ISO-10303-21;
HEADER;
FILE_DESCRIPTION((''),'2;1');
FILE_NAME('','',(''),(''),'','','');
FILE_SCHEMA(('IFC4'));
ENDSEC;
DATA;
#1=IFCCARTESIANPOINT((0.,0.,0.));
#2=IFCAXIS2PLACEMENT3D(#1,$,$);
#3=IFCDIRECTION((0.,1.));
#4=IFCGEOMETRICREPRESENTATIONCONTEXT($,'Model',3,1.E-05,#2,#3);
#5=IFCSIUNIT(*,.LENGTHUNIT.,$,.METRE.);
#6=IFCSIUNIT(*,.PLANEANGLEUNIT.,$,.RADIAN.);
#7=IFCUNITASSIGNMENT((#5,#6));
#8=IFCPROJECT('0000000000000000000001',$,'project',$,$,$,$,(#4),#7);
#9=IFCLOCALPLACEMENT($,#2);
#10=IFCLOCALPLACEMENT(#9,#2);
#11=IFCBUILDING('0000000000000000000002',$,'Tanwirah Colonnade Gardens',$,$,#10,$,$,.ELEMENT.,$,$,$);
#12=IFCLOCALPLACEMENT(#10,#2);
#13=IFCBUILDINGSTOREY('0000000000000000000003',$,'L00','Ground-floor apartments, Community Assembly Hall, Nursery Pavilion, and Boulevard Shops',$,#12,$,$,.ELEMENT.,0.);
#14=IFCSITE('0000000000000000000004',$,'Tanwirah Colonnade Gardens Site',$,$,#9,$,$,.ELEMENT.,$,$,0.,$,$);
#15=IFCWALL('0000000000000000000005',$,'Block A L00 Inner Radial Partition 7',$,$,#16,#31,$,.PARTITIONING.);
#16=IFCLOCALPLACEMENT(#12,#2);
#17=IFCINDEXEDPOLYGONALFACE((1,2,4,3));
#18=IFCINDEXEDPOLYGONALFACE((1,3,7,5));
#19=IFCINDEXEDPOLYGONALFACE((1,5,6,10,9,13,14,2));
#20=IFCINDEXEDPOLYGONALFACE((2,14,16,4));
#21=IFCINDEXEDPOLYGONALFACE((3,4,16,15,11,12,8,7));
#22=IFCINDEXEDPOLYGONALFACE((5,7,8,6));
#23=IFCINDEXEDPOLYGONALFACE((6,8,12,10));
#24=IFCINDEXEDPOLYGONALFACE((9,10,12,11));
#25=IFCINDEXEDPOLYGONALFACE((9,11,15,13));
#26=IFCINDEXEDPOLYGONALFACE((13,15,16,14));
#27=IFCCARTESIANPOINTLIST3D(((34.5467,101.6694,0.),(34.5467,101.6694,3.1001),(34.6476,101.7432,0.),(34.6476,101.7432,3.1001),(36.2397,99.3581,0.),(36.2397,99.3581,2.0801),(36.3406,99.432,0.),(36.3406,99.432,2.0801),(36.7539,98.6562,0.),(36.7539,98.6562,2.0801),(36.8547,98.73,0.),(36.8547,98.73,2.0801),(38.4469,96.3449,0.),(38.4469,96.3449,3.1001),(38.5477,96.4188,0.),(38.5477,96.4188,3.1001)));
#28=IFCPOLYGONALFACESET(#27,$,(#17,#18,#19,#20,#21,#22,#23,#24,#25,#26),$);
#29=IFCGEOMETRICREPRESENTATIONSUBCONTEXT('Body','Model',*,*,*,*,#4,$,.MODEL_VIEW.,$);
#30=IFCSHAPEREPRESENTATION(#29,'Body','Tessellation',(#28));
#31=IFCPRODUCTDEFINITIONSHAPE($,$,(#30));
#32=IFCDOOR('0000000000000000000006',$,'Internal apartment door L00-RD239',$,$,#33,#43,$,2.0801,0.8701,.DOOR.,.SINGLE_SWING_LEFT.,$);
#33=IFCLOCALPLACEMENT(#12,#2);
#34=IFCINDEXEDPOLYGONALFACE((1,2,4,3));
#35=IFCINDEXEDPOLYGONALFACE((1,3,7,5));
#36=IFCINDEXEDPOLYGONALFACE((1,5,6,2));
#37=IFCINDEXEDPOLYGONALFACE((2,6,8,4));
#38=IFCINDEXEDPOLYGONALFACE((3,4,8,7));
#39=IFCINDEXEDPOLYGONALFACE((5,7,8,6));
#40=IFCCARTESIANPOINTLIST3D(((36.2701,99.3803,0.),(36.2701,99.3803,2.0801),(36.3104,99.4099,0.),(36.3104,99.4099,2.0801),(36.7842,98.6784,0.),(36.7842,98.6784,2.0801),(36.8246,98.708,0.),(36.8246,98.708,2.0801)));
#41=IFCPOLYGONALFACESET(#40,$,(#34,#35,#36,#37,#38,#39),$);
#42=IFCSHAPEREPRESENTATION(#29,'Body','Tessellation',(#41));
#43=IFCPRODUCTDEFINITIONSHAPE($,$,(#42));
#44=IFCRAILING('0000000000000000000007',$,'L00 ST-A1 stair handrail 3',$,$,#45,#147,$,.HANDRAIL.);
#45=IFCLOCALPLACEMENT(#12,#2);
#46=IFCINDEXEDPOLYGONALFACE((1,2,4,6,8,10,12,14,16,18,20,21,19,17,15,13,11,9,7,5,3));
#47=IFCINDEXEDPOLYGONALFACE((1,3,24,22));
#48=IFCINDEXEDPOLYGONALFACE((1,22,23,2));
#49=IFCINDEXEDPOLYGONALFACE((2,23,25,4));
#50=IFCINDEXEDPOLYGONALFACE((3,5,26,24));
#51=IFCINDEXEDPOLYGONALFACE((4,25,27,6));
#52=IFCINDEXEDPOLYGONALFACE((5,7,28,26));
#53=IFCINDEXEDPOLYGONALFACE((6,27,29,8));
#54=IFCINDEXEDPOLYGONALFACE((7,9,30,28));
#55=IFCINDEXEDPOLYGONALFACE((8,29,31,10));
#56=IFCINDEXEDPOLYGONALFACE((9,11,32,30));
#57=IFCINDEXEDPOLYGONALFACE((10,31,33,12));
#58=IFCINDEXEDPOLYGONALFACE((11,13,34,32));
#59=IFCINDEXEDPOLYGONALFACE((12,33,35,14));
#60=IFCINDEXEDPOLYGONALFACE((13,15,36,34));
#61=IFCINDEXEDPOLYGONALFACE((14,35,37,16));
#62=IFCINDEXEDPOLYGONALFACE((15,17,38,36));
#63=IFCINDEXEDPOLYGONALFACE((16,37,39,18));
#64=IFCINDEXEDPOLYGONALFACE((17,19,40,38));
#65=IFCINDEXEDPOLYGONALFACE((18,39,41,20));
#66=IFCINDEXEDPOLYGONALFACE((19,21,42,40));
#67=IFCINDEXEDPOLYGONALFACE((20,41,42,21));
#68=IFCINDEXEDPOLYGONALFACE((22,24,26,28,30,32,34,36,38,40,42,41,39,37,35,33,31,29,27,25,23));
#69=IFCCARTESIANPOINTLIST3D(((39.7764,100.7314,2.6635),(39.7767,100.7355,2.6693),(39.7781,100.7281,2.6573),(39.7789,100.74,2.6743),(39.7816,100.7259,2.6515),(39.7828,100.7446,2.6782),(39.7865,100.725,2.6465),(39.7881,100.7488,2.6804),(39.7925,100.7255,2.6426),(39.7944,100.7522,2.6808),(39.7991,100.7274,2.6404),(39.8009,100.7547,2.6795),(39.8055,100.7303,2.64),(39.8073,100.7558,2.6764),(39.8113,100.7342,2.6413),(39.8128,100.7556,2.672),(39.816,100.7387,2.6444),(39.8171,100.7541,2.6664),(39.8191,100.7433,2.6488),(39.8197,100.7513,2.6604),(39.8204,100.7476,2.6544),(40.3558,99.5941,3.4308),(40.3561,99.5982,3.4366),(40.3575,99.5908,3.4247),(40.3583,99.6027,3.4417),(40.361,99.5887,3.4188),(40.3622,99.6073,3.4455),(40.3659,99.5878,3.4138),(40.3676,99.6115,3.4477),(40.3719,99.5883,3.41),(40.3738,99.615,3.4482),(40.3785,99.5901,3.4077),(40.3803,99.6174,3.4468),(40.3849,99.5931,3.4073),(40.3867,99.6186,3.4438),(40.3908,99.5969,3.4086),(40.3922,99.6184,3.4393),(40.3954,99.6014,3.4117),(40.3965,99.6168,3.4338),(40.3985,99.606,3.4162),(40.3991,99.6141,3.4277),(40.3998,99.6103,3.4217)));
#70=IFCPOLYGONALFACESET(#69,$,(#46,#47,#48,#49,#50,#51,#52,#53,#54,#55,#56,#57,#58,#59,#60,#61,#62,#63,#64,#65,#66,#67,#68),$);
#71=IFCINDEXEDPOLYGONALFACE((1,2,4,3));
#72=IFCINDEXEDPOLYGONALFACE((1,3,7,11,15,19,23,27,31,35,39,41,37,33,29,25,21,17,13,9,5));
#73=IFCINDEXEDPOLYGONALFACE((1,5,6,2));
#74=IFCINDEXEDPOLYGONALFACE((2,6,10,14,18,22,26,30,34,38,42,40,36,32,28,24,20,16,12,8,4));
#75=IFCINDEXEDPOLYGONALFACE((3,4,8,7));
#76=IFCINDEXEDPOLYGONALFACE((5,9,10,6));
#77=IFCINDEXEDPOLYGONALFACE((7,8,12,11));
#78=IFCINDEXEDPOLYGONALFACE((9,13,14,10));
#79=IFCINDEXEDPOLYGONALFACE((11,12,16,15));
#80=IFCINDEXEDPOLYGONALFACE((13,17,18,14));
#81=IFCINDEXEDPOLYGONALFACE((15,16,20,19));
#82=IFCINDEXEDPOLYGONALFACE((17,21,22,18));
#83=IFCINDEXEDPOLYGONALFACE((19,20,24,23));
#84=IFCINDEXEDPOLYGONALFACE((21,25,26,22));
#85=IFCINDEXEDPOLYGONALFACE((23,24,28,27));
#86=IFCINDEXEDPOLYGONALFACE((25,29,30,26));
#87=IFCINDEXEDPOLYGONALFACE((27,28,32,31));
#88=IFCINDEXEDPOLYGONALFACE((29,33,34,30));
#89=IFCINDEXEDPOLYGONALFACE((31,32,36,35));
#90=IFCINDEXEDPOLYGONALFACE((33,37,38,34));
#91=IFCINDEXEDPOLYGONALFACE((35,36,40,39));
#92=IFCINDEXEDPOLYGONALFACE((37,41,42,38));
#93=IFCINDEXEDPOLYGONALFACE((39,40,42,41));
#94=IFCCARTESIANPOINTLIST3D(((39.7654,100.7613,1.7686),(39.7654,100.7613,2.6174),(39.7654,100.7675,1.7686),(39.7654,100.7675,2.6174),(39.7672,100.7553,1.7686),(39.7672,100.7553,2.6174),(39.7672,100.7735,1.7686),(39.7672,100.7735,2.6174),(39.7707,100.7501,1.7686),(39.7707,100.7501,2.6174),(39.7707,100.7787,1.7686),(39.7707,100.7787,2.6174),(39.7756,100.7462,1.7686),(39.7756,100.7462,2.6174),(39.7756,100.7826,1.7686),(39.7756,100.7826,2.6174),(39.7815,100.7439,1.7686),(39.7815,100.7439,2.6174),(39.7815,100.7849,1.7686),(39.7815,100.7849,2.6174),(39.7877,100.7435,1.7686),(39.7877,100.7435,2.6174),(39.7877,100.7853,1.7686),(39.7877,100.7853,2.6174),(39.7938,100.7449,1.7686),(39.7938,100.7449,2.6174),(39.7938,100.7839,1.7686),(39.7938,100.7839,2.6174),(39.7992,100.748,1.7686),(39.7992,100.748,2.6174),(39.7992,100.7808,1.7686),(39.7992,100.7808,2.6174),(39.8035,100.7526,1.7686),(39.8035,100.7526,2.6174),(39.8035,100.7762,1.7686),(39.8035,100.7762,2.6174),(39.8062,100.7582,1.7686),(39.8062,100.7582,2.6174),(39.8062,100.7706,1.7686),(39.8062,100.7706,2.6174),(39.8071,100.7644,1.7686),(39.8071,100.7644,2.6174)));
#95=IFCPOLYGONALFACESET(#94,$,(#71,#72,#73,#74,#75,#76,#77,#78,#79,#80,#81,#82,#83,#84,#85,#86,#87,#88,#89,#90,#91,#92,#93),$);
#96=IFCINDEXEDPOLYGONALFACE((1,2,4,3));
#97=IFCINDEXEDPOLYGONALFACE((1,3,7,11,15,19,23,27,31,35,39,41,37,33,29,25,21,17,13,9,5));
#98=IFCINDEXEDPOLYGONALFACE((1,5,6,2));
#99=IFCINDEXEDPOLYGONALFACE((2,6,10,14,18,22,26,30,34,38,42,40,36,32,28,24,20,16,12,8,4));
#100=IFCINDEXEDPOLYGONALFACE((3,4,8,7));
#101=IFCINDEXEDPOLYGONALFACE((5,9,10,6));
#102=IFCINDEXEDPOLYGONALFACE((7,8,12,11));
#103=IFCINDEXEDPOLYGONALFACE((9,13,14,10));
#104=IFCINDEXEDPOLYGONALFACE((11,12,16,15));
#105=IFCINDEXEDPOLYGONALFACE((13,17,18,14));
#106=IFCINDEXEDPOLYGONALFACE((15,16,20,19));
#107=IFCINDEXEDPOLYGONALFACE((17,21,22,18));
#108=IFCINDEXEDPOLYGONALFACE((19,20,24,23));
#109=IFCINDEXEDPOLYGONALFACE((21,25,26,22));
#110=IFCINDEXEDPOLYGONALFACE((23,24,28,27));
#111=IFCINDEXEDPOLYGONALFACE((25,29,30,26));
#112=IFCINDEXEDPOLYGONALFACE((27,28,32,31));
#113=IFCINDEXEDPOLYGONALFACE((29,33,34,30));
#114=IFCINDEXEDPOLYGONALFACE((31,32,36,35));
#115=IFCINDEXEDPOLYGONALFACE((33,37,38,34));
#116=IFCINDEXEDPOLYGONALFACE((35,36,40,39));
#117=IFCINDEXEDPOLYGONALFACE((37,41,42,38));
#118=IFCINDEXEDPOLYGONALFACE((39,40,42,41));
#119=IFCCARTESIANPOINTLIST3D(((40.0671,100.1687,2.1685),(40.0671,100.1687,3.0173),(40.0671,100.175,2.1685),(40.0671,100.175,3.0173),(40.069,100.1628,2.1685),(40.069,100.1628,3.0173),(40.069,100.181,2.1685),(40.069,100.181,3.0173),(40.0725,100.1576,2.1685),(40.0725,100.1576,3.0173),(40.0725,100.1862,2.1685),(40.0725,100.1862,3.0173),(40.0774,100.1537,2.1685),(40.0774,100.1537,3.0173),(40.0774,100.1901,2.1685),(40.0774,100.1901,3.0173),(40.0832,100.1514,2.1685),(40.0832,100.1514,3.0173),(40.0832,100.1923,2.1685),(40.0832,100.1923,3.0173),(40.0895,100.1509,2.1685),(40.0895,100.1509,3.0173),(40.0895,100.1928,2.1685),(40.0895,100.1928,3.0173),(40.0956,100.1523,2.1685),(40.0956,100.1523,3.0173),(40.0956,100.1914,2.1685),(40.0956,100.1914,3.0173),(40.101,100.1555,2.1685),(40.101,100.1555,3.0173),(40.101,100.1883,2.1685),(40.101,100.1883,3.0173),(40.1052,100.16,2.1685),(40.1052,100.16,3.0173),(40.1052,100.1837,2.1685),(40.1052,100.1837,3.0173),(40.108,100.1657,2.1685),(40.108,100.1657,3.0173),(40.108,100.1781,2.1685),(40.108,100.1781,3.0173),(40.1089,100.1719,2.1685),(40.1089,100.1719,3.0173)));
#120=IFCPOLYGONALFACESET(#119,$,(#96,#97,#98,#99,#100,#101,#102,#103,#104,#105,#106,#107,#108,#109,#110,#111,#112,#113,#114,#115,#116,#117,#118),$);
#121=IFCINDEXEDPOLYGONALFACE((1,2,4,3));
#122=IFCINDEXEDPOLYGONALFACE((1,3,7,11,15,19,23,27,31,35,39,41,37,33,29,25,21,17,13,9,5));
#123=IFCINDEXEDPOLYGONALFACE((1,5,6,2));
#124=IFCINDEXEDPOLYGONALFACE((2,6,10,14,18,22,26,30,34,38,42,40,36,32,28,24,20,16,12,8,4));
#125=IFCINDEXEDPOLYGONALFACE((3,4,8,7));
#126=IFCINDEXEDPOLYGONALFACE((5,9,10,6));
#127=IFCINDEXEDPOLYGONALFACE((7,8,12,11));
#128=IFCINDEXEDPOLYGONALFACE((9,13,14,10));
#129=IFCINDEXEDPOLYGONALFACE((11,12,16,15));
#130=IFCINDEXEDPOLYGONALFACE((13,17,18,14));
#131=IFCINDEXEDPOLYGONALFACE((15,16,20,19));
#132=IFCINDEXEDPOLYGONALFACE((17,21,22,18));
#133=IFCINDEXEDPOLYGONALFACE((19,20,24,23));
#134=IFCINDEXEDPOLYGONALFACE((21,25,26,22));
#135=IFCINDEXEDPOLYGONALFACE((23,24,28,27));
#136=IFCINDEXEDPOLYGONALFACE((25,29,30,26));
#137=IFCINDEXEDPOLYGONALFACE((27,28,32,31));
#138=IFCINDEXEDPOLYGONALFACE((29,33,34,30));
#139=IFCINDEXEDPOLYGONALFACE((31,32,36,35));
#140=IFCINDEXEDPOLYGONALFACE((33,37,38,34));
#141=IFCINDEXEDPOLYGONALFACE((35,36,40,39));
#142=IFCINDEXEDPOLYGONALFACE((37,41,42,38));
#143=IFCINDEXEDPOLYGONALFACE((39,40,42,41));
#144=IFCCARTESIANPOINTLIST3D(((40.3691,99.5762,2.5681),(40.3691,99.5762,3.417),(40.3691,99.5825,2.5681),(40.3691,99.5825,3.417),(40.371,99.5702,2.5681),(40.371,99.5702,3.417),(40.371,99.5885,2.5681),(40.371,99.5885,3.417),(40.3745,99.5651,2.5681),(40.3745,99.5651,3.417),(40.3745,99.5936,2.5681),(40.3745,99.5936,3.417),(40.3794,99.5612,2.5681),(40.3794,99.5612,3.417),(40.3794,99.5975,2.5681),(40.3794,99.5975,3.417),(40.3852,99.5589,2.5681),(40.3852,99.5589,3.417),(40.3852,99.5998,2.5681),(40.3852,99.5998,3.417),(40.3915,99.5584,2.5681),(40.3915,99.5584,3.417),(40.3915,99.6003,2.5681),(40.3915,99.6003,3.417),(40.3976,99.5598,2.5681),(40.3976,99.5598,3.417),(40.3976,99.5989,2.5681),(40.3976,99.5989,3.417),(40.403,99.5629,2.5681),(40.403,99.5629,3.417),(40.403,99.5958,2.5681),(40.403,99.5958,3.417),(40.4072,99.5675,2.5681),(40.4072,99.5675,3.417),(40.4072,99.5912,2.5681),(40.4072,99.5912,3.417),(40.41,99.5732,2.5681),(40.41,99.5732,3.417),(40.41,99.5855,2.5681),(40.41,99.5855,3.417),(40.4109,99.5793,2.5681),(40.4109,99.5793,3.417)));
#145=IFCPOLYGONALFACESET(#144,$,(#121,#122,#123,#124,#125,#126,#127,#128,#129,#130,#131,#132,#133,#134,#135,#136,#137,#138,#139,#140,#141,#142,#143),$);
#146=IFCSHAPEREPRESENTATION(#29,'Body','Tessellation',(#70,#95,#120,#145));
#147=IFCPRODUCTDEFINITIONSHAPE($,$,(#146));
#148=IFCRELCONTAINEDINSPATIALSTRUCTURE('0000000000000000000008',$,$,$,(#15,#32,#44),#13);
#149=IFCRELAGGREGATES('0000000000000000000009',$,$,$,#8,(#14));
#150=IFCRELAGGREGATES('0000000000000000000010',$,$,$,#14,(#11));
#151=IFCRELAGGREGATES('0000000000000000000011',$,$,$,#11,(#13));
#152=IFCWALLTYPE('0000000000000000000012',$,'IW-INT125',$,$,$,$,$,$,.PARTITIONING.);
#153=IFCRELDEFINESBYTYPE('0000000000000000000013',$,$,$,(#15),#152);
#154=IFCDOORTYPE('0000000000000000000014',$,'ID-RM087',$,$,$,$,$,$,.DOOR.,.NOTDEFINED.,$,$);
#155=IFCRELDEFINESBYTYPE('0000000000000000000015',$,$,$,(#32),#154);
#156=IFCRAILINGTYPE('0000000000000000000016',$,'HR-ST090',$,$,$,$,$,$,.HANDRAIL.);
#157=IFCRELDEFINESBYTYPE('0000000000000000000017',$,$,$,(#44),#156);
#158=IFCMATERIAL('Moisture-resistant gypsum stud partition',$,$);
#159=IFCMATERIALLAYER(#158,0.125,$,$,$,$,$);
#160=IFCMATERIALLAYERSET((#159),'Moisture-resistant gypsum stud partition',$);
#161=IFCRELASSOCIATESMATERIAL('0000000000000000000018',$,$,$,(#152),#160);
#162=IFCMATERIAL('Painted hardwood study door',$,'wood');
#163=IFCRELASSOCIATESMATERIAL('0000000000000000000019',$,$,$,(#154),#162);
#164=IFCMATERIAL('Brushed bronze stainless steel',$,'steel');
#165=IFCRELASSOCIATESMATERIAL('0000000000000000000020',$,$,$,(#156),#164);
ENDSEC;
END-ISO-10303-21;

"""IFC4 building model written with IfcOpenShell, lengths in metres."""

from ifc_helpers import new_model, si_unit, direction, frame, frame_2d, origin, origin_2d, place, context, subcontext, project, spatial, rectangle, circle, extrude, material, layer, layer_set, type_object, element, fill, save


model = new_model("IFC4")

# Units and contexts
model_context = context("Model", 3, precision=1e-05, world=origin(), true_north=direction((0.0, 1.0)))
body_context = subcontext(model_context, "Body", "Model", "MODEL_VIEW")
ifc_project = project(units=[si_unit("LENGTHUNIT", "METRE"), si_unit("PLANEANGLEUNIT", "RADIAN")], contexts=[model_context])

# Site, building, storey
site_placement = place(None, origin())
site = spatial("IfcSite", under=ifc_project, at=site_placement, Name="Tanwirah Colonnade Gardens Site", CompositionType="ELEMENT", RefElevation=0.0)
building_placement = place(site_placement, origin())
building = spatial("IfcBuilding", under=site, at=building_placement, Name="Tanwirah Colonnade Gardens", CompositionType="ELEMENT")
storey_placement = place(building_placement, origin())
storey = spatial("IfcBuildingStorey", under=building, at=storey_placement, Name="L00", Description="Ground-floor apartments, Community Assembly Hall, Nursery Pavilion, and Boulevard Shops", CompositionType="ELEMENT", Elevation=0.0)

# Wall, opening, door
ifc_material_1 = material(Name="Moisture-resistant gypsum stud partition")
ifc_layer_1 = layer(ifc_material_1, 0.125)
ifc_layer_set_1 = layer_set([ifc_layer_1], Name="Moisture-resistant gypsum stud partition")
wall_type = type_object("IfcWallType", Name="IW-INT125", PredefinedType="PARTITIONING", material=ifc_layer_set_1)
wall_placement = place(storey_placement, frame((38.4973, 96.3818, 0.0), z_axis=(0.0, 0.0, 1.0), x_axis=(-0.590924, 0.806727, 0.0)))
wall = element("IfcWall", 1, at=wall_placement, inside=storey, type_object=wall_type, Name="Block A L00 Inner Radial Partition 7", PredefinedType="PARTITIONING", context=body_context, shape_type="SweptSolid", body=[
    extrude(rectangle(XDim=6.6001, YDim=0.125, at=frame_2d((3.3, 0.0))), origin(), (0.0, 0.0, 1.0), 3.1001),
])
opening_placement = place(wall_placement, frame((2.865, 0.0, 0.0)))
opening = element("IfcOpeningElement", 2, at=opening_placement, cuts=wall, PredefinedType="OPENING", context=body_context, shape_type="SweptSolid", body=[
    extrude(rectangle(XDim=0.8701, YDim=2.0801, at=frame_2d((0.4351, 1.04))), frame((0.0, 0.0725, 0.0), z_axis=(0.0, -1.0, 0.0), x_axis=(1.0, 0.0, 0.0)), (0.0, 0.0, 1.0), 0.145),
])
ifc_material_2 = material(Name="Painted hardwood study door", Category="wood")
door_type = type_object("IfcDoorType", Name="ID-RM087", OperationType="NOTDEFINED", PredefinedType="DOOR", material=ifc_material_2)
door_placement = place(opening_placement, origin())
door = element("IfcDoor", 3, at=door_placement, inside=storey, type_object=door_type, Name="Internal apartment door L00-RD239", OperationType="SINGLE_SWING_LEFT", OverallHeight=2.0801, OverallWidth=0.8701, PredefinedType="DOOR", context=body_context, shape_type="SweptSolid", body=[
    extrude(rectangle(XDim=0.8701, YDim=2.0801, at=frame_2d((0.4351, 1.04))), frame((0.0, 0.0249, 0.0), z_axis=(0.0, -1.0, 0.0), x_axis=(1.0, 0.0, 0.0)), (0.0, 0.0, 1.0), 0.05),
])
fill(opening, door)

# Railing
ifc_material_3 = material(Name="Brushed bronze stainless steel", Category="steel")
railing_type = type_object("IfcRailingType", Name="HR-ST090", PredefinedType="HANDRAIL", material=ifc_material_3)
railing_placement = place(storey_placement, frame((39.7861, 100.7644, 1.7686)))
element("IfcRailing", 4, at=railing_placement, inside=storey, type_object=railing_type, Name="L00 ST-A1 stair handrail 3", PredefinedType="HANDRAIL", context=body_context, shape_type="SweptSolid", body=[
    extrude(circle(Radius=0.0239, at=origin_2d()), frame((0.0122, -0.0239, 0.8918), z_axis=(0.389062, -0.763651, 0.515236), x_axis=(0.891024, 0.453956, 0.0)), (0.0, 0.0, 1.0), 1.4893),
    extrude(circle(Radius=0.021, at=origin_2d()), origin(), (0.0, 0.0, 1.0), 0.8489),
    extrude(circle(Radius=0.021, at=origin_2d()), frame((0.3018, -0.5925, 0.3999)), (0.0, 0.0, 1.0), 0.8489),
    extrude(circle(Radius=0.021, at=origin_2d()), frame((0.6038, -1.1851, 0.7996)), (0.0, 0.0, 1.0), 0.8489),
])

save(model, "model.ifc")
